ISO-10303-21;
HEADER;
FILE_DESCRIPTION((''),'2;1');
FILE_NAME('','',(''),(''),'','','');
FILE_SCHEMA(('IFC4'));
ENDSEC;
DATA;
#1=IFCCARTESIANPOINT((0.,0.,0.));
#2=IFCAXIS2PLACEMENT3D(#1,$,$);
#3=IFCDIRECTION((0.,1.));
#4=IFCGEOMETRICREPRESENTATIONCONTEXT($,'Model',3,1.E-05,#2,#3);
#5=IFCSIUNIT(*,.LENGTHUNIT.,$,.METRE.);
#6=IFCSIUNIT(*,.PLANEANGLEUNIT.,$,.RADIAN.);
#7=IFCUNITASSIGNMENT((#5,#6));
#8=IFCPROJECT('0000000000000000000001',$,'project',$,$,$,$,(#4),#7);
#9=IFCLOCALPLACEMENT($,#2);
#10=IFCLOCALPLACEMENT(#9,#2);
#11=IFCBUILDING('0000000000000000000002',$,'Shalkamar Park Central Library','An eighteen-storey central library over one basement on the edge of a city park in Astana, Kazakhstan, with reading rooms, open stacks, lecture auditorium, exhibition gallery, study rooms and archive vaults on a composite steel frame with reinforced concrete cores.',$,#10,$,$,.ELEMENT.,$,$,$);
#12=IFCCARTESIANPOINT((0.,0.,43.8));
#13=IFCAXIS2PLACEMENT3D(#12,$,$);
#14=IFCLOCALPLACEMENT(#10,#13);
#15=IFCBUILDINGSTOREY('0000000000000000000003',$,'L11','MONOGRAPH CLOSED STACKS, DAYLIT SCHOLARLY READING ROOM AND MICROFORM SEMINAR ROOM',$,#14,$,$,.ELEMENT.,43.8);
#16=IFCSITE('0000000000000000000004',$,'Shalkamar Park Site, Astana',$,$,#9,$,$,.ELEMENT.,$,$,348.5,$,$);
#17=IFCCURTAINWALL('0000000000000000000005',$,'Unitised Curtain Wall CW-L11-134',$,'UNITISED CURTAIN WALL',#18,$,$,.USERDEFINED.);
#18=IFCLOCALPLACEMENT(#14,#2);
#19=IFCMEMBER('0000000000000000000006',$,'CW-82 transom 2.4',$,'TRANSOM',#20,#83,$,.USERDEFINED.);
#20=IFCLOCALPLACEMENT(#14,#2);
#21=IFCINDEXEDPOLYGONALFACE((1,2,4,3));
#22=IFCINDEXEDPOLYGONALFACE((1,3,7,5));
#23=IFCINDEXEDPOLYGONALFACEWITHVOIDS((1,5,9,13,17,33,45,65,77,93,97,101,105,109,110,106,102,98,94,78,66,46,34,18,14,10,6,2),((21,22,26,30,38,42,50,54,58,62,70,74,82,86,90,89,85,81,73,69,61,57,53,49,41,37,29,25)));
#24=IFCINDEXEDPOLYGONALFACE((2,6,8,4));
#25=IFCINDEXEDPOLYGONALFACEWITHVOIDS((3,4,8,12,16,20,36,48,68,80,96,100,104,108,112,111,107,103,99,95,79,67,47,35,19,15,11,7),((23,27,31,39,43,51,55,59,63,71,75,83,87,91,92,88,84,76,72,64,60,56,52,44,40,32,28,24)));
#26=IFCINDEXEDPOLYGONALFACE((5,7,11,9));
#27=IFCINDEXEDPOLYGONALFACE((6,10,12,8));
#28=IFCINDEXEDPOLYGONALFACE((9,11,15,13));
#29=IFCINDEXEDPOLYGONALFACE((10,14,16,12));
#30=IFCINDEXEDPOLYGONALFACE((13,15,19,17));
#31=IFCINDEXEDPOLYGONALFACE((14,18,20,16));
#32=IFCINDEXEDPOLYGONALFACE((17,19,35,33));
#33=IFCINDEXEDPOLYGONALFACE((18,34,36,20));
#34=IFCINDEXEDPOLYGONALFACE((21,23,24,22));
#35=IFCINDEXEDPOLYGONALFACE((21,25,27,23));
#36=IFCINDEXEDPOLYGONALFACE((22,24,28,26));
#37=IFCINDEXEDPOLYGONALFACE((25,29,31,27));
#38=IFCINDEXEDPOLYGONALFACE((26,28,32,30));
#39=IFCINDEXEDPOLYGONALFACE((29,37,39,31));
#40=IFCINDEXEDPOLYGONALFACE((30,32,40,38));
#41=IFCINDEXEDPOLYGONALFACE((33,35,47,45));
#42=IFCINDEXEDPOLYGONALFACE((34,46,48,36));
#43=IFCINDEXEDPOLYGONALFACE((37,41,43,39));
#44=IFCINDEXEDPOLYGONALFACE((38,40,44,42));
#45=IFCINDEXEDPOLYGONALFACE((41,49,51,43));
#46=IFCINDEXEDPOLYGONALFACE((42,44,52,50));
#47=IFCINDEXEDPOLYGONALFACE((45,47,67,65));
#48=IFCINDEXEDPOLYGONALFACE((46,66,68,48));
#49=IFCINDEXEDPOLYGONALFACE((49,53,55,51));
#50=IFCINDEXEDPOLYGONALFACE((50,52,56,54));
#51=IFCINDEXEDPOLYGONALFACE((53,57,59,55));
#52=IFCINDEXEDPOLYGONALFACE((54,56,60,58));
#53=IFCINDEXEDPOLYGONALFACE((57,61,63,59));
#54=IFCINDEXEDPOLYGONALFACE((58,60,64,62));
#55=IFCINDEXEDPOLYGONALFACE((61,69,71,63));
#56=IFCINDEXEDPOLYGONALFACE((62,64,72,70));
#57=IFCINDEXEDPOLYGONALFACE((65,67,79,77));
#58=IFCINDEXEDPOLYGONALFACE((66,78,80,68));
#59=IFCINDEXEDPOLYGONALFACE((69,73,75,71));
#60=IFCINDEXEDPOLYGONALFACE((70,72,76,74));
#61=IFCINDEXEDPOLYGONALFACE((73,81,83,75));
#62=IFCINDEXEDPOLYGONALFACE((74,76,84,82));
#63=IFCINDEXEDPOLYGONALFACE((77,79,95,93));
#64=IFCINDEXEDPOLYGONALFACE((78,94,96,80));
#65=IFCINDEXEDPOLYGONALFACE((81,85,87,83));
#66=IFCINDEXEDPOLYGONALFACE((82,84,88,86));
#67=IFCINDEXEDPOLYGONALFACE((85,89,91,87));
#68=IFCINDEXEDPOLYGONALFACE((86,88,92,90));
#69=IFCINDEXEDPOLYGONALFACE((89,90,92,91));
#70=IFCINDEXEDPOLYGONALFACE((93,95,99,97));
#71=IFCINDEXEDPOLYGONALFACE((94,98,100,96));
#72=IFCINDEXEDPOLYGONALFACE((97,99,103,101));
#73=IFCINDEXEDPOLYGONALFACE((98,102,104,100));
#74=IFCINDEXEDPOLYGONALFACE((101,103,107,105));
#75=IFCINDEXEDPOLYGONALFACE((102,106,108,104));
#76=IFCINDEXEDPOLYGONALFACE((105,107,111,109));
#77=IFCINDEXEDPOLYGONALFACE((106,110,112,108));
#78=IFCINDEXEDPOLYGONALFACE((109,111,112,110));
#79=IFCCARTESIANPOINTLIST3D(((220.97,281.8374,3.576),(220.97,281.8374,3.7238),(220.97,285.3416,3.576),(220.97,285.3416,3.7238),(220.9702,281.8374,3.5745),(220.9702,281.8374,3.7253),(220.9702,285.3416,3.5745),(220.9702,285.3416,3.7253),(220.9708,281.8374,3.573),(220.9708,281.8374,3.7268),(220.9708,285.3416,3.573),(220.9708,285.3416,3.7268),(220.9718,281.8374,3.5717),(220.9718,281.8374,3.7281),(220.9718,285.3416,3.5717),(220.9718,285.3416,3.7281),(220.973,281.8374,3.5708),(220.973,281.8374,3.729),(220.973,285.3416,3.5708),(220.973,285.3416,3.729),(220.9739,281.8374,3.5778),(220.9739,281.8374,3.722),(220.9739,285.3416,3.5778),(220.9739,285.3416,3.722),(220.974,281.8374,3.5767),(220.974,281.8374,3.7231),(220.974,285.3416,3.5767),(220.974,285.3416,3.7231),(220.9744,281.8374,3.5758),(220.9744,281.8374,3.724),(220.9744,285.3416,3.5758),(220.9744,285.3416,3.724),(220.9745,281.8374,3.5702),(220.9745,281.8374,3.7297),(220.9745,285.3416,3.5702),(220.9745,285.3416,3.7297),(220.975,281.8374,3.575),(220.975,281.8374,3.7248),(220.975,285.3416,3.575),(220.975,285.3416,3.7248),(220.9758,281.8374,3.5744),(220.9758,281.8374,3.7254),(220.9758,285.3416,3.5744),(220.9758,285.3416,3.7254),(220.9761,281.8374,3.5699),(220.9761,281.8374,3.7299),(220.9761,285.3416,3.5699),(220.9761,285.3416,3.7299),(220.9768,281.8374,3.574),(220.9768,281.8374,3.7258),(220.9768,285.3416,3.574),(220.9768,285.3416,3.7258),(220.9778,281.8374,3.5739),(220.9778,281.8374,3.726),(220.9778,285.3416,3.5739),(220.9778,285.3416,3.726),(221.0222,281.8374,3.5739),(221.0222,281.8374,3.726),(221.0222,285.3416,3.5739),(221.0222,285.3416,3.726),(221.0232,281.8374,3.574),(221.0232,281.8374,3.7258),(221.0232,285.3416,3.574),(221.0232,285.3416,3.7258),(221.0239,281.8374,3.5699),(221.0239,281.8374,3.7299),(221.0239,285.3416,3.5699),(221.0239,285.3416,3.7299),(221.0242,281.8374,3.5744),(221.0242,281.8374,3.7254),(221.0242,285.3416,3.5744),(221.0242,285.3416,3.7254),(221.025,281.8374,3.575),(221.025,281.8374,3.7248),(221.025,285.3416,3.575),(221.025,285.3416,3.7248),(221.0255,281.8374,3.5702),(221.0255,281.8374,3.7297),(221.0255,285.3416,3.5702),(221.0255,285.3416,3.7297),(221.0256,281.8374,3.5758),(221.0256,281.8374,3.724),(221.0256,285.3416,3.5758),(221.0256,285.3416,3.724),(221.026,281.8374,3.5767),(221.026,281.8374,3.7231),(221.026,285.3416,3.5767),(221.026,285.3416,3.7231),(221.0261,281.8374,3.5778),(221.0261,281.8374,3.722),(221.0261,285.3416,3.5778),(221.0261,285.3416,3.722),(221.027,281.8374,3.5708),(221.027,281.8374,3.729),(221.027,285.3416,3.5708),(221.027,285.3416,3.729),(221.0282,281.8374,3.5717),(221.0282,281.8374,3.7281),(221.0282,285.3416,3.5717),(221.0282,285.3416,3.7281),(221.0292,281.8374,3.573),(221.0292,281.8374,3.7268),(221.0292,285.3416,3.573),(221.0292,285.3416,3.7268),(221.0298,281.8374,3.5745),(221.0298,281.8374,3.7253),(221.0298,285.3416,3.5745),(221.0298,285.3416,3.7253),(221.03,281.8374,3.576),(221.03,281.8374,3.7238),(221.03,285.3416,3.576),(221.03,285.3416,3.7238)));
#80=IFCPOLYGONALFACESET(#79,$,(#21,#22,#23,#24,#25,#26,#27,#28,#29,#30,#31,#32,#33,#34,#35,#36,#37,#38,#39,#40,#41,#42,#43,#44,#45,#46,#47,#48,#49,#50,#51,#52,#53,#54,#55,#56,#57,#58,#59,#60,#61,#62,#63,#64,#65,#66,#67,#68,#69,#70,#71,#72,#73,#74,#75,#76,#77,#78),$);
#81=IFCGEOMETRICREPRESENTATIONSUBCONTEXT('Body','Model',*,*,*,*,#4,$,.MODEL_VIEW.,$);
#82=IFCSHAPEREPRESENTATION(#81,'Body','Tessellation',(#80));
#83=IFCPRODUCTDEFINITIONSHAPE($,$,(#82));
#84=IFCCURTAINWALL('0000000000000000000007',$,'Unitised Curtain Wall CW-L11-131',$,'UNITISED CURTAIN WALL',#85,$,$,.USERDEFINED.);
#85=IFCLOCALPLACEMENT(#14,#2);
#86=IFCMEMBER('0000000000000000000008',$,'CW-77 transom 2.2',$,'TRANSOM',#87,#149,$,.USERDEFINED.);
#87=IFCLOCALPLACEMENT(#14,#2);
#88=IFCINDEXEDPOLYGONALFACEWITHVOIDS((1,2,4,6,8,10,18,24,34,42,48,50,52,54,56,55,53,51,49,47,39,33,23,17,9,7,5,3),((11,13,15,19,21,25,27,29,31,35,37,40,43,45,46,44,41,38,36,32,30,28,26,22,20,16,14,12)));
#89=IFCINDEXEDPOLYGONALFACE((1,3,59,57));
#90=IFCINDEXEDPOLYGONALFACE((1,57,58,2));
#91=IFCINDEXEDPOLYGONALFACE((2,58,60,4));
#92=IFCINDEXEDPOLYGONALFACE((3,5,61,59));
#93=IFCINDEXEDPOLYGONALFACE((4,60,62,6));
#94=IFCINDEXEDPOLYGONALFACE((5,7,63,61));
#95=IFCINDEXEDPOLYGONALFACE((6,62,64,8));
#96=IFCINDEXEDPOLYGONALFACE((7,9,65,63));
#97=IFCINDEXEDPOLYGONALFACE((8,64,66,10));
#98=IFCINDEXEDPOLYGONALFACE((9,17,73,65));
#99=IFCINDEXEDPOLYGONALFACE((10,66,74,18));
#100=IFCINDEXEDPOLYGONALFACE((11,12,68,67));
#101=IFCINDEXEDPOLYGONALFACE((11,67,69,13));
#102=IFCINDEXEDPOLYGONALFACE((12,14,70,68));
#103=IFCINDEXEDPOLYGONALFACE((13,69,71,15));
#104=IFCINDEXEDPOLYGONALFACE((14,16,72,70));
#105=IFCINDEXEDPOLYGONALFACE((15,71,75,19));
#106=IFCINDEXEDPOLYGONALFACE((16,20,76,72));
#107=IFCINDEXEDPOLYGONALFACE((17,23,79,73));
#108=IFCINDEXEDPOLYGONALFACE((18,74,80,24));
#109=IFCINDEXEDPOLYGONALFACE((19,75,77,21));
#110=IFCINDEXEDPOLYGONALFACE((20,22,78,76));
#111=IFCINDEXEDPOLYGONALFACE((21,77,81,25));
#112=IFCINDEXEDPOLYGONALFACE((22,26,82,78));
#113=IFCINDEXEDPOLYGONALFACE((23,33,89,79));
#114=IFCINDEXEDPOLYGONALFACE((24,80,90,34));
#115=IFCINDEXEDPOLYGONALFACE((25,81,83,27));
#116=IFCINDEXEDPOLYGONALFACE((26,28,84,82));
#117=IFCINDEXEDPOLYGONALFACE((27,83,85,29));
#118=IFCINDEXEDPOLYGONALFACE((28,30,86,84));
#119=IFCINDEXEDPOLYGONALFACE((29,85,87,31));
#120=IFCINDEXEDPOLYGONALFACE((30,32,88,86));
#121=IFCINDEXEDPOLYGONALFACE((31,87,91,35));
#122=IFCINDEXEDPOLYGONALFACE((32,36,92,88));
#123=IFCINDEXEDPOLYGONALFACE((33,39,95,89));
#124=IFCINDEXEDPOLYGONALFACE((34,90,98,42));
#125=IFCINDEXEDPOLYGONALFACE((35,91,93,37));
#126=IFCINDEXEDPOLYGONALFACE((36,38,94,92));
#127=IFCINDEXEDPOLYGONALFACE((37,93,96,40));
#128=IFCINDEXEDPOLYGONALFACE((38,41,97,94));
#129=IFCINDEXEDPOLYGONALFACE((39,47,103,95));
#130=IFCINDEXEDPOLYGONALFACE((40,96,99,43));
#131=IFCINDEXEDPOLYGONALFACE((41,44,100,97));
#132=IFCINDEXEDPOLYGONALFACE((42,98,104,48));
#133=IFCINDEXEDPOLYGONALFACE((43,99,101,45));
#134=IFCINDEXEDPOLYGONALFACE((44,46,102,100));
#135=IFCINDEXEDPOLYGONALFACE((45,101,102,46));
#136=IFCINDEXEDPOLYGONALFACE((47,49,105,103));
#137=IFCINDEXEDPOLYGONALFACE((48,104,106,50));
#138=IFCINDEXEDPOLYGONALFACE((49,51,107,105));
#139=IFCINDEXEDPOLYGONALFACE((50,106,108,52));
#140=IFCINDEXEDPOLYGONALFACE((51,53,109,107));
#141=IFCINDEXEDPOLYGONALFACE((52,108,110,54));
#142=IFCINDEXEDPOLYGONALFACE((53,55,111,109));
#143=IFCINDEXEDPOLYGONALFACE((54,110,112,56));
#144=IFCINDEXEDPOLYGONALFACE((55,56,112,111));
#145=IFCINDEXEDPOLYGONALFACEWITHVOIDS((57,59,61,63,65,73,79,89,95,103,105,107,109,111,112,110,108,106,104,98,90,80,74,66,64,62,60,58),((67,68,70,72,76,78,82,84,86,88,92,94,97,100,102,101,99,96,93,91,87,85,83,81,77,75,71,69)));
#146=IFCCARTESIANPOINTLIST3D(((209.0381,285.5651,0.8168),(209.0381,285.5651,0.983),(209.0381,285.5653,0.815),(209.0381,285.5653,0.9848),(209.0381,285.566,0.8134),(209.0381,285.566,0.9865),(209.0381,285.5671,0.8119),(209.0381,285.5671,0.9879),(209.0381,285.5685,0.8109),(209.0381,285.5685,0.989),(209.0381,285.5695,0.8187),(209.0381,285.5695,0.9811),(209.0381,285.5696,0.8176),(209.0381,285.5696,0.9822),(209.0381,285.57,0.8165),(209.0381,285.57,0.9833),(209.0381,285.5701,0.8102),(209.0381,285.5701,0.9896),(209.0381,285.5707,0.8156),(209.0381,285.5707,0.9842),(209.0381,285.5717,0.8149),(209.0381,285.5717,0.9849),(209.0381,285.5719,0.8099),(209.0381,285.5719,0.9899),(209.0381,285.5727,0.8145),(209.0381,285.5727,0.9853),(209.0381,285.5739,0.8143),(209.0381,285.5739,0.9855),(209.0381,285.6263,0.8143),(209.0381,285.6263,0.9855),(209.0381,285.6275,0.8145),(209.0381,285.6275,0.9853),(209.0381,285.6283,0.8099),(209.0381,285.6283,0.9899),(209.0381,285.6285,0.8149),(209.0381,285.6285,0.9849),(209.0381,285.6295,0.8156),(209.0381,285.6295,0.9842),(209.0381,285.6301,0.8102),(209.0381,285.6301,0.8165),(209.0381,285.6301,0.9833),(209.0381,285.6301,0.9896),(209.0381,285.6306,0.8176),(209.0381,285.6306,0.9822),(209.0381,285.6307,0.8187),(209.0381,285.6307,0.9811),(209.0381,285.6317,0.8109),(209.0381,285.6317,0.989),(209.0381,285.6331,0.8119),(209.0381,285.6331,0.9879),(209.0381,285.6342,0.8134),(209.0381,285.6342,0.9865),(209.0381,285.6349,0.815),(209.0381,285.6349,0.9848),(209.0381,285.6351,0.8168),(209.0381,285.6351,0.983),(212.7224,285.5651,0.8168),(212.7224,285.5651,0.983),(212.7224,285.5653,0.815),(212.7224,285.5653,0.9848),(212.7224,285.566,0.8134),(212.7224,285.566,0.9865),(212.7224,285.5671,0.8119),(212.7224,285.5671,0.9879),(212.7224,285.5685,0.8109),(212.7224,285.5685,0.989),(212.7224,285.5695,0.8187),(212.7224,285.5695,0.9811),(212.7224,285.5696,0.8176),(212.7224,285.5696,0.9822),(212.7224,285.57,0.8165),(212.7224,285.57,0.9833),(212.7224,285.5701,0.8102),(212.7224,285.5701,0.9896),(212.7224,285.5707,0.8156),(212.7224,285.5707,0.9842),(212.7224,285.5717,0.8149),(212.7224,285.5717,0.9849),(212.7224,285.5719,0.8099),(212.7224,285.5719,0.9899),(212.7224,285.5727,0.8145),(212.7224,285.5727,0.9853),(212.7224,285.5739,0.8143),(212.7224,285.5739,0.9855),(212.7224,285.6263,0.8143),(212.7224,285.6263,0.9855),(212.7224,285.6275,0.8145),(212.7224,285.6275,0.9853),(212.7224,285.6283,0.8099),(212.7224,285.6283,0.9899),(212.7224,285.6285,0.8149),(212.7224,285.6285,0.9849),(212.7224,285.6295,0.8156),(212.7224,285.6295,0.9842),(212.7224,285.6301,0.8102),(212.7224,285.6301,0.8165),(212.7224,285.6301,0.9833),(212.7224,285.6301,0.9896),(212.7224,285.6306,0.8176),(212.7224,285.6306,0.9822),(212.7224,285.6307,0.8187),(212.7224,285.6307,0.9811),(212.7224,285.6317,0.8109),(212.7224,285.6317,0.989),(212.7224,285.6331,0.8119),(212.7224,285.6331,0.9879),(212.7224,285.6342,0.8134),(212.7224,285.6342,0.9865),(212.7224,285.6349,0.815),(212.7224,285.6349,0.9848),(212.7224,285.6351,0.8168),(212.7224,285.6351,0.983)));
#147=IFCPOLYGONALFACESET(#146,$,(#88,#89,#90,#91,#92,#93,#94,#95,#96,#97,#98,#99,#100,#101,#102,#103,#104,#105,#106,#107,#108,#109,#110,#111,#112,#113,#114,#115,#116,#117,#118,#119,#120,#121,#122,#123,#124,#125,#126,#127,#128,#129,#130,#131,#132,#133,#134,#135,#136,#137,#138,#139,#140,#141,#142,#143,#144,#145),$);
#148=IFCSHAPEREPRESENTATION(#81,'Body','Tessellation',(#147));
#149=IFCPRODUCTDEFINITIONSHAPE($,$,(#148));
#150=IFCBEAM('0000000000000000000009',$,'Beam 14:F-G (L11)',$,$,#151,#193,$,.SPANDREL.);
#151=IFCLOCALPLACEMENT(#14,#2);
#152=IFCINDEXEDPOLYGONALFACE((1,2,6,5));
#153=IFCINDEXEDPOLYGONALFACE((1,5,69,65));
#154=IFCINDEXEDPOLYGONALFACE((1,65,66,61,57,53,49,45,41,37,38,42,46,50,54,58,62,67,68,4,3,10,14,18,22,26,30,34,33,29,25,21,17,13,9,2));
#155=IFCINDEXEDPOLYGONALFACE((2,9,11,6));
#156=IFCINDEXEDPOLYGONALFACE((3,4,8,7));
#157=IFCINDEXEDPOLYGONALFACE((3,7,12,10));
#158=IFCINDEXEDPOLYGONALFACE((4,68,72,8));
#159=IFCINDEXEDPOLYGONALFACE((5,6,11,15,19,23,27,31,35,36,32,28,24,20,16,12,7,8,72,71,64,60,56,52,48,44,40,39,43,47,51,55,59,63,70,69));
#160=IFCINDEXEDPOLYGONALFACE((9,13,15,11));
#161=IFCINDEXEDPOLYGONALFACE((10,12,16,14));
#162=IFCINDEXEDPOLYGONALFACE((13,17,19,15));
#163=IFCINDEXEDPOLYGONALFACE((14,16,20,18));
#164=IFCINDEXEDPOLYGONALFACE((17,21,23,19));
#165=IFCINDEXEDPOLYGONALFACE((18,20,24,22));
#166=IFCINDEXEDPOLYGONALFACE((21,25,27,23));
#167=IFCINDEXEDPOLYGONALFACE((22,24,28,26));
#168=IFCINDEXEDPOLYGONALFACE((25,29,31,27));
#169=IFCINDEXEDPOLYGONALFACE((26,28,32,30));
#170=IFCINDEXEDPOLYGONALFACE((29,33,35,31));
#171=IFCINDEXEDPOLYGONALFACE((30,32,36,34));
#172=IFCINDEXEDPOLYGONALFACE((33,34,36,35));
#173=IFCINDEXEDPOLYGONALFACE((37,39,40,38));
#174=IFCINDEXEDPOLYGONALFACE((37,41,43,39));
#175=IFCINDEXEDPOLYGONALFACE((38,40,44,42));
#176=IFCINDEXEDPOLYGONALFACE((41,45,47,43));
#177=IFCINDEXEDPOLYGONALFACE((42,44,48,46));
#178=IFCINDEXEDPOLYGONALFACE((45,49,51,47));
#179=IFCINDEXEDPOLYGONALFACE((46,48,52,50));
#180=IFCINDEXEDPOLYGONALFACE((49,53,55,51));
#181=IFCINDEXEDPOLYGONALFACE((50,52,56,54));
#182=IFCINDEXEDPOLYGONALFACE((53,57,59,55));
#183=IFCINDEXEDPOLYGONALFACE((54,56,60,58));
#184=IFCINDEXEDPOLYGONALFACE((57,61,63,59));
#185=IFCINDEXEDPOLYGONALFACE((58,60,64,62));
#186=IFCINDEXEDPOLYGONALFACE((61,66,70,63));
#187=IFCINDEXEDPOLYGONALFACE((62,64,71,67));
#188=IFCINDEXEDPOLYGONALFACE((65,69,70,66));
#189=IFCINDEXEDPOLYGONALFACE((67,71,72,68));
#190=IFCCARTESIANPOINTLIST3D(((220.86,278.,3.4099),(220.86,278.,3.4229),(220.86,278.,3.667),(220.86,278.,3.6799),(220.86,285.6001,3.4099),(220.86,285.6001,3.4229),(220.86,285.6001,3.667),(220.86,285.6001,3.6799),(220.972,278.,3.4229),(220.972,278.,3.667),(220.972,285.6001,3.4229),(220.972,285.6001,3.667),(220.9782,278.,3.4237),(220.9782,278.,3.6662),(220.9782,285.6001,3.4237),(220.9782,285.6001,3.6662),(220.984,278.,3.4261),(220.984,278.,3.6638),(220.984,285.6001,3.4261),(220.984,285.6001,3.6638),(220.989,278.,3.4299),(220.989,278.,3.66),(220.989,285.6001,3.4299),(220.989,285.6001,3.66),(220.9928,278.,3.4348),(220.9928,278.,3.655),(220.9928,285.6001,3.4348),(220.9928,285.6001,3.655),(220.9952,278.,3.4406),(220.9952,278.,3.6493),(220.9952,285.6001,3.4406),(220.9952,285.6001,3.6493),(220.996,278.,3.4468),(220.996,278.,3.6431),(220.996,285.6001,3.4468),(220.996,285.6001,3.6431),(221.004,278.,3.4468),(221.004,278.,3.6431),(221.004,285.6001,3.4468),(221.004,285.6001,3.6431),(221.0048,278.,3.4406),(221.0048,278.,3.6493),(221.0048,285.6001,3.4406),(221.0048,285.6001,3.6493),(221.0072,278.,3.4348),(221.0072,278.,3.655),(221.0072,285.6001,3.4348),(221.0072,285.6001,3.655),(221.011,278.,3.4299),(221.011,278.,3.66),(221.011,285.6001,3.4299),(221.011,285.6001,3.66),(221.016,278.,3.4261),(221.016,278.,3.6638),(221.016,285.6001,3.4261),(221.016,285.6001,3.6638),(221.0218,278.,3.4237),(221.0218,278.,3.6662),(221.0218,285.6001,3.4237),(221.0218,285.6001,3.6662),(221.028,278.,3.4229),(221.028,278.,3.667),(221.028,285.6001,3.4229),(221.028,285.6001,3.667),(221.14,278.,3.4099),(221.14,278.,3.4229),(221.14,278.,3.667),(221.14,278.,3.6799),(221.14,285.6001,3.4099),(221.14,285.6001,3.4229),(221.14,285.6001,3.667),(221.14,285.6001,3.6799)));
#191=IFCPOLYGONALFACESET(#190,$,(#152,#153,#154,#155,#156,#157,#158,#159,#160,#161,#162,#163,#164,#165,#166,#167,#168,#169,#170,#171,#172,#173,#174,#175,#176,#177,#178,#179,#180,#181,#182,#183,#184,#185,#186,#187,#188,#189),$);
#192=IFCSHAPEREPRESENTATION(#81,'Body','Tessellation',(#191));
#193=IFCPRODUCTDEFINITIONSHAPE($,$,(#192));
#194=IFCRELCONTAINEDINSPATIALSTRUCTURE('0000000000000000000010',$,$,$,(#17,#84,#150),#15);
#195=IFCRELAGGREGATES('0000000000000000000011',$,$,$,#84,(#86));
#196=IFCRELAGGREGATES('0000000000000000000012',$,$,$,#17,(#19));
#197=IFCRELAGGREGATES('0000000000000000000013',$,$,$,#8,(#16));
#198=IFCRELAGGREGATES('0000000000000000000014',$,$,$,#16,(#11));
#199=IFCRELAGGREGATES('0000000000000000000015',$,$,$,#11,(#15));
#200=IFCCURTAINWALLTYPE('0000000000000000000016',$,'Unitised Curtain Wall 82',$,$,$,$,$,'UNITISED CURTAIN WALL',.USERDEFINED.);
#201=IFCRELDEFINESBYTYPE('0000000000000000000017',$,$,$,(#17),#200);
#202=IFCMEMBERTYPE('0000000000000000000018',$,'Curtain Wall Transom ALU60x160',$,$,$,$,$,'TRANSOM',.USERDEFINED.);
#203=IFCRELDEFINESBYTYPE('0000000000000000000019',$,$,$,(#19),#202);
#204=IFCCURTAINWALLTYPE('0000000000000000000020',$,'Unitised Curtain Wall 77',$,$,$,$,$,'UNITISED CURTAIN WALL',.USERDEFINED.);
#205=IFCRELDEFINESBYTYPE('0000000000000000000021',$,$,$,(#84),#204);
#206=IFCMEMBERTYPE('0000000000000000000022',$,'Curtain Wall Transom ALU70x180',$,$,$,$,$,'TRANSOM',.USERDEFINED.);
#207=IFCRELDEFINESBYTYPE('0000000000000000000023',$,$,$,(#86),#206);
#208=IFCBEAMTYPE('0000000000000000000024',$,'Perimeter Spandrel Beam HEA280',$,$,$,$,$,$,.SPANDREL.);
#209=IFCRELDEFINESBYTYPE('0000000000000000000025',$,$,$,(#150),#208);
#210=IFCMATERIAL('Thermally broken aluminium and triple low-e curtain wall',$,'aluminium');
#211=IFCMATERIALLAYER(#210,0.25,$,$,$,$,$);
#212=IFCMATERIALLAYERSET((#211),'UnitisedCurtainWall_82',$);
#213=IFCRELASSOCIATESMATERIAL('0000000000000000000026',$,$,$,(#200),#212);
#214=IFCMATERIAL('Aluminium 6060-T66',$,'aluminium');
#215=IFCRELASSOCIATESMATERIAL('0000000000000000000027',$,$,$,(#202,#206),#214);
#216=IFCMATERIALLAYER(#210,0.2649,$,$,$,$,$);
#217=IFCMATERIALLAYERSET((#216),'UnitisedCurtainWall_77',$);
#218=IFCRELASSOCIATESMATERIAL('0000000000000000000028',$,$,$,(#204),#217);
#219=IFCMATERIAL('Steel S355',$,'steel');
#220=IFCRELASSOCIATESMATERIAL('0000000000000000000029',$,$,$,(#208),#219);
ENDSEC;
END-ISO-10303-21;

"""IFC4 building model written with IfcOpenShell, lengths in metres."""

from ifc_helpers import new_model, si_unit, direction, frame, origin, origin_2d, place, context, subcontext, project, spatial, hollow_rectangle, i_section, extrude, material, layer, layer_set, material_profile, profile_set, type_object, element, aggregate, save


model = new_model("IFC4")

# Units and contexts
model_context = context("Model", 3, precision=1e-05, world=origin(), true_north=direction((0.0, 1.0)))
body_context = subcontext(model_context, "Body", "Model", "MODEL_VIEW")
ifc_project = project(units=[si_unit("LENGTHUNIT", "METRE"), si_unit("PLANEANGLEUNIT", "RADIAN")], contexts=[model_context])

# Site, building, storey
site_placement = place(None, origin())
site = spatial("IfcSite", under=ifc_project, at=site_placement, Name="Shalkamar Park Site, Astana", CompositionType="ELEMENT", RefElevation=348.5)
building_placement = place(site_placement, origin())
building = spatial("IfcBuilding", under=site, at=building_placement, Name="Shalkamar Park Central Library", Description="An eighteen-storey central library over one basement on the edge of a city park in Astana, Kazakhstan, with reading rooms, open stacks, lecture auditorium, exhibition gallery, study rooms and archive vaults on a composite steel frame with reinforced concrete cores.", CompositionType="ELEMENT")
storey_placement = place(building_placement, frame((0.0, 0.0, 43.8)))
storey = spatial("IfcBuildingStorey", under=building, at=storey_placement, Name="L11", Description="MONOGRAPH CLOSED STACKS, DAYLIT SCHOLARLY READING ROOM AND MICROFORM SEMINAR ROOM", CompositionType="ELEMENT", Elevation=43.8)

# Shared definitions
ifc_material_1 = material(Name="Steel S355", Category="steel")

# Curtain wall, member
ifc_material_2 = material(Name="Thermally broken aluminium and triple low-e curtain wall", Category="aluminium")
ifc_layer_1 = layer(ifc_material_2, 0.25)
ifc_layer_set_1 = layer_set([ifc_layer_1], Name="UnitisedCurtainWall_82")
curtain_wall_type_1 = type_object("IfcCurtainWallType", Name="Unitised Curtain Wall 82", ElementType="UNITISED CURTAIN WALL", PredefinedType="USERDEFINED", material=ifc_layer_set_1)
curtain_wall_1_placement = place(storey_placement, origin())
curtain_wall_1 = element("IfcCurtainWall", 1, at=curtain_wall_1_placement, inside=storey, type_object=curtain_wall_type_1, Name="Unitised Curtain Wall CW-L11-134", ObjectType="UNITISED CURTAIN WALL", PredefinedType="USERDEFINED")
ifc_material_3 = material(Name="Aluminium 6060-T66", Category="aluminium")
ifc_material_profile_1 = material_profile(ifc_material_3, hollow_rectangle(XDim=0.0601, YDim=0.1599, WallThickness=0.0039, InnerFilletRadius=0.0039, OuterFilletRadius=0.0061, at=origin_2d()), Name="ALU 60x160x4")
ifc_profile_set_1 = profile_set([ifc_material_profile_1], Name="Aluminium 6060-T66")
member_type_1 = type_object("IfcMemberType", Name="Curtain Wall Transom ALU60x160", ElementType="TRANSOM", PredefinedType="USERDEFINED", material=ifc_profile_set_1)
member_1_placement = place(storey_placement, frame((221.0, 281.8374, 3.6499), z_axis=(0.0, 1.0, 0.0), x_axis=(-1.0, 0.0, 0.0)))
member_1 = element("IfcMember", 2, at=member_1_placement, type_object=member_type_1, Name="CW-82 transom 2.4", ObjectType="TRANSOM", PredefinedType="USERDEFINED", context=body_context, shape_type="SweptSolid", body=[
    extrude(hollow_rectangle(XDim=0.0601, YDim=0.1599, WallThickness=0.0039, InnerFilletRadius=0.0039, OuterFilletRadius=0.0061, at=origin_2d()), origin(), (0.0, 0.0, 1.0), 3.5042),
])

# Curtain wall, member
ifc_layer_2 = layer(ifc_material_2, 0.2649)
ifc_layer_set_2 = layer_set([ifc_layer_2], Name="UnitisedCurtainWall_77")
curtain_wall_type_2 = type_object("IfcCurtainWallType", Name="Unitised Curtain Wall 77", ElementType="UNITISED CURTAIN WALL", PredefinedType="USERDEFINED", material=ifc_layer_set_2)
curtain_wall_2_placement = place(storey_placement, origin())
curtain_wall_2 = element("IfcCurtainWall", 3, at=curtain_wall_2_placement, inside=storey, type_object=curtain_wall_type_2, Name="Unitised Curtain Wall CW-L11-131", ObjectType="UNITISED CURTAIN WALL", PredefinedType="USERDEFINED")
ifc_material_profile_2 = material_profile(ifc_material_3, hollow_rectangle(XDim=0.0701, YDim=0.1799, WallThickness=0.0044, InnerFilletRadius=0.0044, OuterFilletRadius=0.0068, at=origin_2d()), Name="ALU 70x180x4.5")
ifc_profile_set_2 = profile_set([ifc_material_profile_2], Name="Aluminium 6060-T66")
member_type_2 = type_object("IfcMemberType", Name="Curtain Wall Transom ALU70x180", ElementType="TRANSOM", PredefinedType="USERDEFINED", material=ifc_profile_set_2)
member_2_placement = place(storey_placement, frame((209.0381, 285.6001, 0.8999), z_axis=(1.0, 0.0, 0.0), x_axis=(0.0, 1.0, 0.0)))
member_2 = element("IfcMember", 4, at=member_2_placement, type_object=member_type_2, Name="CW-77 transom 2.2", ObjectType="TRANSOM", PredefinedType="USERDEFINED", context=body_context, shape_type="SweptSolid", body=[
    extrude(hollow_rectangle(XDim=0.0701, YDim=0.1799, WallThickness=0.0044, InnerFilletRadius=0.0044, OuterFilletRadius=0.0068, at=origin_2d()), origin(), (0.0, 0.0, 1.0), 3.6843),
])
aggregate(curtain_wall_2, [member_2])

# Beam
ifc_material_profile_3 = material_profile(ifc_material_1, i_section(OverallWidth=0.28, OverallDepth=0.27, WebThickness=0.0081, FlangeThickness=0.0129, FilletRadius=0.0239, at=origin_2d()), Name="HEA 280")
ifc_profile_set_3 = profile_set([ifc_material_profile_3], Name="Steel S355")
beam_type_1 = type_object("IfcBeamType", Name="Perimeter Spandrel Beam HEA280", PredefinedType="SPANDREL", material=ifc_profile_set_3)
beam_1_placement = place(storey_placement, frame((221.0, 278.0, 3.5449), z_axis=(0.0, 1.0, 0.0), x_axis=(-1.0, 0.0, 0.0)))
element("IfcBeam", 5, at=beam_1_placement, inside=storey, type_object=beam_type_1, Name="Beam 14:F-G (L11)", PredefinedType="SPANDREL", context=body_context, shape_type="SweptSolid", body=[
    extrude(i_section(OverallWidth=0.28, OverallDepth=0.27, WebThickness=0.0081, FlangeThickness=0.0129, FilletRadius=0.0239, at=origin_2d()), origin(), (0.0, 0.0, 1.0), 7.6001),
])

aggregate(curtain_wall_1, [member_1])

save(model, "model.ifc")
